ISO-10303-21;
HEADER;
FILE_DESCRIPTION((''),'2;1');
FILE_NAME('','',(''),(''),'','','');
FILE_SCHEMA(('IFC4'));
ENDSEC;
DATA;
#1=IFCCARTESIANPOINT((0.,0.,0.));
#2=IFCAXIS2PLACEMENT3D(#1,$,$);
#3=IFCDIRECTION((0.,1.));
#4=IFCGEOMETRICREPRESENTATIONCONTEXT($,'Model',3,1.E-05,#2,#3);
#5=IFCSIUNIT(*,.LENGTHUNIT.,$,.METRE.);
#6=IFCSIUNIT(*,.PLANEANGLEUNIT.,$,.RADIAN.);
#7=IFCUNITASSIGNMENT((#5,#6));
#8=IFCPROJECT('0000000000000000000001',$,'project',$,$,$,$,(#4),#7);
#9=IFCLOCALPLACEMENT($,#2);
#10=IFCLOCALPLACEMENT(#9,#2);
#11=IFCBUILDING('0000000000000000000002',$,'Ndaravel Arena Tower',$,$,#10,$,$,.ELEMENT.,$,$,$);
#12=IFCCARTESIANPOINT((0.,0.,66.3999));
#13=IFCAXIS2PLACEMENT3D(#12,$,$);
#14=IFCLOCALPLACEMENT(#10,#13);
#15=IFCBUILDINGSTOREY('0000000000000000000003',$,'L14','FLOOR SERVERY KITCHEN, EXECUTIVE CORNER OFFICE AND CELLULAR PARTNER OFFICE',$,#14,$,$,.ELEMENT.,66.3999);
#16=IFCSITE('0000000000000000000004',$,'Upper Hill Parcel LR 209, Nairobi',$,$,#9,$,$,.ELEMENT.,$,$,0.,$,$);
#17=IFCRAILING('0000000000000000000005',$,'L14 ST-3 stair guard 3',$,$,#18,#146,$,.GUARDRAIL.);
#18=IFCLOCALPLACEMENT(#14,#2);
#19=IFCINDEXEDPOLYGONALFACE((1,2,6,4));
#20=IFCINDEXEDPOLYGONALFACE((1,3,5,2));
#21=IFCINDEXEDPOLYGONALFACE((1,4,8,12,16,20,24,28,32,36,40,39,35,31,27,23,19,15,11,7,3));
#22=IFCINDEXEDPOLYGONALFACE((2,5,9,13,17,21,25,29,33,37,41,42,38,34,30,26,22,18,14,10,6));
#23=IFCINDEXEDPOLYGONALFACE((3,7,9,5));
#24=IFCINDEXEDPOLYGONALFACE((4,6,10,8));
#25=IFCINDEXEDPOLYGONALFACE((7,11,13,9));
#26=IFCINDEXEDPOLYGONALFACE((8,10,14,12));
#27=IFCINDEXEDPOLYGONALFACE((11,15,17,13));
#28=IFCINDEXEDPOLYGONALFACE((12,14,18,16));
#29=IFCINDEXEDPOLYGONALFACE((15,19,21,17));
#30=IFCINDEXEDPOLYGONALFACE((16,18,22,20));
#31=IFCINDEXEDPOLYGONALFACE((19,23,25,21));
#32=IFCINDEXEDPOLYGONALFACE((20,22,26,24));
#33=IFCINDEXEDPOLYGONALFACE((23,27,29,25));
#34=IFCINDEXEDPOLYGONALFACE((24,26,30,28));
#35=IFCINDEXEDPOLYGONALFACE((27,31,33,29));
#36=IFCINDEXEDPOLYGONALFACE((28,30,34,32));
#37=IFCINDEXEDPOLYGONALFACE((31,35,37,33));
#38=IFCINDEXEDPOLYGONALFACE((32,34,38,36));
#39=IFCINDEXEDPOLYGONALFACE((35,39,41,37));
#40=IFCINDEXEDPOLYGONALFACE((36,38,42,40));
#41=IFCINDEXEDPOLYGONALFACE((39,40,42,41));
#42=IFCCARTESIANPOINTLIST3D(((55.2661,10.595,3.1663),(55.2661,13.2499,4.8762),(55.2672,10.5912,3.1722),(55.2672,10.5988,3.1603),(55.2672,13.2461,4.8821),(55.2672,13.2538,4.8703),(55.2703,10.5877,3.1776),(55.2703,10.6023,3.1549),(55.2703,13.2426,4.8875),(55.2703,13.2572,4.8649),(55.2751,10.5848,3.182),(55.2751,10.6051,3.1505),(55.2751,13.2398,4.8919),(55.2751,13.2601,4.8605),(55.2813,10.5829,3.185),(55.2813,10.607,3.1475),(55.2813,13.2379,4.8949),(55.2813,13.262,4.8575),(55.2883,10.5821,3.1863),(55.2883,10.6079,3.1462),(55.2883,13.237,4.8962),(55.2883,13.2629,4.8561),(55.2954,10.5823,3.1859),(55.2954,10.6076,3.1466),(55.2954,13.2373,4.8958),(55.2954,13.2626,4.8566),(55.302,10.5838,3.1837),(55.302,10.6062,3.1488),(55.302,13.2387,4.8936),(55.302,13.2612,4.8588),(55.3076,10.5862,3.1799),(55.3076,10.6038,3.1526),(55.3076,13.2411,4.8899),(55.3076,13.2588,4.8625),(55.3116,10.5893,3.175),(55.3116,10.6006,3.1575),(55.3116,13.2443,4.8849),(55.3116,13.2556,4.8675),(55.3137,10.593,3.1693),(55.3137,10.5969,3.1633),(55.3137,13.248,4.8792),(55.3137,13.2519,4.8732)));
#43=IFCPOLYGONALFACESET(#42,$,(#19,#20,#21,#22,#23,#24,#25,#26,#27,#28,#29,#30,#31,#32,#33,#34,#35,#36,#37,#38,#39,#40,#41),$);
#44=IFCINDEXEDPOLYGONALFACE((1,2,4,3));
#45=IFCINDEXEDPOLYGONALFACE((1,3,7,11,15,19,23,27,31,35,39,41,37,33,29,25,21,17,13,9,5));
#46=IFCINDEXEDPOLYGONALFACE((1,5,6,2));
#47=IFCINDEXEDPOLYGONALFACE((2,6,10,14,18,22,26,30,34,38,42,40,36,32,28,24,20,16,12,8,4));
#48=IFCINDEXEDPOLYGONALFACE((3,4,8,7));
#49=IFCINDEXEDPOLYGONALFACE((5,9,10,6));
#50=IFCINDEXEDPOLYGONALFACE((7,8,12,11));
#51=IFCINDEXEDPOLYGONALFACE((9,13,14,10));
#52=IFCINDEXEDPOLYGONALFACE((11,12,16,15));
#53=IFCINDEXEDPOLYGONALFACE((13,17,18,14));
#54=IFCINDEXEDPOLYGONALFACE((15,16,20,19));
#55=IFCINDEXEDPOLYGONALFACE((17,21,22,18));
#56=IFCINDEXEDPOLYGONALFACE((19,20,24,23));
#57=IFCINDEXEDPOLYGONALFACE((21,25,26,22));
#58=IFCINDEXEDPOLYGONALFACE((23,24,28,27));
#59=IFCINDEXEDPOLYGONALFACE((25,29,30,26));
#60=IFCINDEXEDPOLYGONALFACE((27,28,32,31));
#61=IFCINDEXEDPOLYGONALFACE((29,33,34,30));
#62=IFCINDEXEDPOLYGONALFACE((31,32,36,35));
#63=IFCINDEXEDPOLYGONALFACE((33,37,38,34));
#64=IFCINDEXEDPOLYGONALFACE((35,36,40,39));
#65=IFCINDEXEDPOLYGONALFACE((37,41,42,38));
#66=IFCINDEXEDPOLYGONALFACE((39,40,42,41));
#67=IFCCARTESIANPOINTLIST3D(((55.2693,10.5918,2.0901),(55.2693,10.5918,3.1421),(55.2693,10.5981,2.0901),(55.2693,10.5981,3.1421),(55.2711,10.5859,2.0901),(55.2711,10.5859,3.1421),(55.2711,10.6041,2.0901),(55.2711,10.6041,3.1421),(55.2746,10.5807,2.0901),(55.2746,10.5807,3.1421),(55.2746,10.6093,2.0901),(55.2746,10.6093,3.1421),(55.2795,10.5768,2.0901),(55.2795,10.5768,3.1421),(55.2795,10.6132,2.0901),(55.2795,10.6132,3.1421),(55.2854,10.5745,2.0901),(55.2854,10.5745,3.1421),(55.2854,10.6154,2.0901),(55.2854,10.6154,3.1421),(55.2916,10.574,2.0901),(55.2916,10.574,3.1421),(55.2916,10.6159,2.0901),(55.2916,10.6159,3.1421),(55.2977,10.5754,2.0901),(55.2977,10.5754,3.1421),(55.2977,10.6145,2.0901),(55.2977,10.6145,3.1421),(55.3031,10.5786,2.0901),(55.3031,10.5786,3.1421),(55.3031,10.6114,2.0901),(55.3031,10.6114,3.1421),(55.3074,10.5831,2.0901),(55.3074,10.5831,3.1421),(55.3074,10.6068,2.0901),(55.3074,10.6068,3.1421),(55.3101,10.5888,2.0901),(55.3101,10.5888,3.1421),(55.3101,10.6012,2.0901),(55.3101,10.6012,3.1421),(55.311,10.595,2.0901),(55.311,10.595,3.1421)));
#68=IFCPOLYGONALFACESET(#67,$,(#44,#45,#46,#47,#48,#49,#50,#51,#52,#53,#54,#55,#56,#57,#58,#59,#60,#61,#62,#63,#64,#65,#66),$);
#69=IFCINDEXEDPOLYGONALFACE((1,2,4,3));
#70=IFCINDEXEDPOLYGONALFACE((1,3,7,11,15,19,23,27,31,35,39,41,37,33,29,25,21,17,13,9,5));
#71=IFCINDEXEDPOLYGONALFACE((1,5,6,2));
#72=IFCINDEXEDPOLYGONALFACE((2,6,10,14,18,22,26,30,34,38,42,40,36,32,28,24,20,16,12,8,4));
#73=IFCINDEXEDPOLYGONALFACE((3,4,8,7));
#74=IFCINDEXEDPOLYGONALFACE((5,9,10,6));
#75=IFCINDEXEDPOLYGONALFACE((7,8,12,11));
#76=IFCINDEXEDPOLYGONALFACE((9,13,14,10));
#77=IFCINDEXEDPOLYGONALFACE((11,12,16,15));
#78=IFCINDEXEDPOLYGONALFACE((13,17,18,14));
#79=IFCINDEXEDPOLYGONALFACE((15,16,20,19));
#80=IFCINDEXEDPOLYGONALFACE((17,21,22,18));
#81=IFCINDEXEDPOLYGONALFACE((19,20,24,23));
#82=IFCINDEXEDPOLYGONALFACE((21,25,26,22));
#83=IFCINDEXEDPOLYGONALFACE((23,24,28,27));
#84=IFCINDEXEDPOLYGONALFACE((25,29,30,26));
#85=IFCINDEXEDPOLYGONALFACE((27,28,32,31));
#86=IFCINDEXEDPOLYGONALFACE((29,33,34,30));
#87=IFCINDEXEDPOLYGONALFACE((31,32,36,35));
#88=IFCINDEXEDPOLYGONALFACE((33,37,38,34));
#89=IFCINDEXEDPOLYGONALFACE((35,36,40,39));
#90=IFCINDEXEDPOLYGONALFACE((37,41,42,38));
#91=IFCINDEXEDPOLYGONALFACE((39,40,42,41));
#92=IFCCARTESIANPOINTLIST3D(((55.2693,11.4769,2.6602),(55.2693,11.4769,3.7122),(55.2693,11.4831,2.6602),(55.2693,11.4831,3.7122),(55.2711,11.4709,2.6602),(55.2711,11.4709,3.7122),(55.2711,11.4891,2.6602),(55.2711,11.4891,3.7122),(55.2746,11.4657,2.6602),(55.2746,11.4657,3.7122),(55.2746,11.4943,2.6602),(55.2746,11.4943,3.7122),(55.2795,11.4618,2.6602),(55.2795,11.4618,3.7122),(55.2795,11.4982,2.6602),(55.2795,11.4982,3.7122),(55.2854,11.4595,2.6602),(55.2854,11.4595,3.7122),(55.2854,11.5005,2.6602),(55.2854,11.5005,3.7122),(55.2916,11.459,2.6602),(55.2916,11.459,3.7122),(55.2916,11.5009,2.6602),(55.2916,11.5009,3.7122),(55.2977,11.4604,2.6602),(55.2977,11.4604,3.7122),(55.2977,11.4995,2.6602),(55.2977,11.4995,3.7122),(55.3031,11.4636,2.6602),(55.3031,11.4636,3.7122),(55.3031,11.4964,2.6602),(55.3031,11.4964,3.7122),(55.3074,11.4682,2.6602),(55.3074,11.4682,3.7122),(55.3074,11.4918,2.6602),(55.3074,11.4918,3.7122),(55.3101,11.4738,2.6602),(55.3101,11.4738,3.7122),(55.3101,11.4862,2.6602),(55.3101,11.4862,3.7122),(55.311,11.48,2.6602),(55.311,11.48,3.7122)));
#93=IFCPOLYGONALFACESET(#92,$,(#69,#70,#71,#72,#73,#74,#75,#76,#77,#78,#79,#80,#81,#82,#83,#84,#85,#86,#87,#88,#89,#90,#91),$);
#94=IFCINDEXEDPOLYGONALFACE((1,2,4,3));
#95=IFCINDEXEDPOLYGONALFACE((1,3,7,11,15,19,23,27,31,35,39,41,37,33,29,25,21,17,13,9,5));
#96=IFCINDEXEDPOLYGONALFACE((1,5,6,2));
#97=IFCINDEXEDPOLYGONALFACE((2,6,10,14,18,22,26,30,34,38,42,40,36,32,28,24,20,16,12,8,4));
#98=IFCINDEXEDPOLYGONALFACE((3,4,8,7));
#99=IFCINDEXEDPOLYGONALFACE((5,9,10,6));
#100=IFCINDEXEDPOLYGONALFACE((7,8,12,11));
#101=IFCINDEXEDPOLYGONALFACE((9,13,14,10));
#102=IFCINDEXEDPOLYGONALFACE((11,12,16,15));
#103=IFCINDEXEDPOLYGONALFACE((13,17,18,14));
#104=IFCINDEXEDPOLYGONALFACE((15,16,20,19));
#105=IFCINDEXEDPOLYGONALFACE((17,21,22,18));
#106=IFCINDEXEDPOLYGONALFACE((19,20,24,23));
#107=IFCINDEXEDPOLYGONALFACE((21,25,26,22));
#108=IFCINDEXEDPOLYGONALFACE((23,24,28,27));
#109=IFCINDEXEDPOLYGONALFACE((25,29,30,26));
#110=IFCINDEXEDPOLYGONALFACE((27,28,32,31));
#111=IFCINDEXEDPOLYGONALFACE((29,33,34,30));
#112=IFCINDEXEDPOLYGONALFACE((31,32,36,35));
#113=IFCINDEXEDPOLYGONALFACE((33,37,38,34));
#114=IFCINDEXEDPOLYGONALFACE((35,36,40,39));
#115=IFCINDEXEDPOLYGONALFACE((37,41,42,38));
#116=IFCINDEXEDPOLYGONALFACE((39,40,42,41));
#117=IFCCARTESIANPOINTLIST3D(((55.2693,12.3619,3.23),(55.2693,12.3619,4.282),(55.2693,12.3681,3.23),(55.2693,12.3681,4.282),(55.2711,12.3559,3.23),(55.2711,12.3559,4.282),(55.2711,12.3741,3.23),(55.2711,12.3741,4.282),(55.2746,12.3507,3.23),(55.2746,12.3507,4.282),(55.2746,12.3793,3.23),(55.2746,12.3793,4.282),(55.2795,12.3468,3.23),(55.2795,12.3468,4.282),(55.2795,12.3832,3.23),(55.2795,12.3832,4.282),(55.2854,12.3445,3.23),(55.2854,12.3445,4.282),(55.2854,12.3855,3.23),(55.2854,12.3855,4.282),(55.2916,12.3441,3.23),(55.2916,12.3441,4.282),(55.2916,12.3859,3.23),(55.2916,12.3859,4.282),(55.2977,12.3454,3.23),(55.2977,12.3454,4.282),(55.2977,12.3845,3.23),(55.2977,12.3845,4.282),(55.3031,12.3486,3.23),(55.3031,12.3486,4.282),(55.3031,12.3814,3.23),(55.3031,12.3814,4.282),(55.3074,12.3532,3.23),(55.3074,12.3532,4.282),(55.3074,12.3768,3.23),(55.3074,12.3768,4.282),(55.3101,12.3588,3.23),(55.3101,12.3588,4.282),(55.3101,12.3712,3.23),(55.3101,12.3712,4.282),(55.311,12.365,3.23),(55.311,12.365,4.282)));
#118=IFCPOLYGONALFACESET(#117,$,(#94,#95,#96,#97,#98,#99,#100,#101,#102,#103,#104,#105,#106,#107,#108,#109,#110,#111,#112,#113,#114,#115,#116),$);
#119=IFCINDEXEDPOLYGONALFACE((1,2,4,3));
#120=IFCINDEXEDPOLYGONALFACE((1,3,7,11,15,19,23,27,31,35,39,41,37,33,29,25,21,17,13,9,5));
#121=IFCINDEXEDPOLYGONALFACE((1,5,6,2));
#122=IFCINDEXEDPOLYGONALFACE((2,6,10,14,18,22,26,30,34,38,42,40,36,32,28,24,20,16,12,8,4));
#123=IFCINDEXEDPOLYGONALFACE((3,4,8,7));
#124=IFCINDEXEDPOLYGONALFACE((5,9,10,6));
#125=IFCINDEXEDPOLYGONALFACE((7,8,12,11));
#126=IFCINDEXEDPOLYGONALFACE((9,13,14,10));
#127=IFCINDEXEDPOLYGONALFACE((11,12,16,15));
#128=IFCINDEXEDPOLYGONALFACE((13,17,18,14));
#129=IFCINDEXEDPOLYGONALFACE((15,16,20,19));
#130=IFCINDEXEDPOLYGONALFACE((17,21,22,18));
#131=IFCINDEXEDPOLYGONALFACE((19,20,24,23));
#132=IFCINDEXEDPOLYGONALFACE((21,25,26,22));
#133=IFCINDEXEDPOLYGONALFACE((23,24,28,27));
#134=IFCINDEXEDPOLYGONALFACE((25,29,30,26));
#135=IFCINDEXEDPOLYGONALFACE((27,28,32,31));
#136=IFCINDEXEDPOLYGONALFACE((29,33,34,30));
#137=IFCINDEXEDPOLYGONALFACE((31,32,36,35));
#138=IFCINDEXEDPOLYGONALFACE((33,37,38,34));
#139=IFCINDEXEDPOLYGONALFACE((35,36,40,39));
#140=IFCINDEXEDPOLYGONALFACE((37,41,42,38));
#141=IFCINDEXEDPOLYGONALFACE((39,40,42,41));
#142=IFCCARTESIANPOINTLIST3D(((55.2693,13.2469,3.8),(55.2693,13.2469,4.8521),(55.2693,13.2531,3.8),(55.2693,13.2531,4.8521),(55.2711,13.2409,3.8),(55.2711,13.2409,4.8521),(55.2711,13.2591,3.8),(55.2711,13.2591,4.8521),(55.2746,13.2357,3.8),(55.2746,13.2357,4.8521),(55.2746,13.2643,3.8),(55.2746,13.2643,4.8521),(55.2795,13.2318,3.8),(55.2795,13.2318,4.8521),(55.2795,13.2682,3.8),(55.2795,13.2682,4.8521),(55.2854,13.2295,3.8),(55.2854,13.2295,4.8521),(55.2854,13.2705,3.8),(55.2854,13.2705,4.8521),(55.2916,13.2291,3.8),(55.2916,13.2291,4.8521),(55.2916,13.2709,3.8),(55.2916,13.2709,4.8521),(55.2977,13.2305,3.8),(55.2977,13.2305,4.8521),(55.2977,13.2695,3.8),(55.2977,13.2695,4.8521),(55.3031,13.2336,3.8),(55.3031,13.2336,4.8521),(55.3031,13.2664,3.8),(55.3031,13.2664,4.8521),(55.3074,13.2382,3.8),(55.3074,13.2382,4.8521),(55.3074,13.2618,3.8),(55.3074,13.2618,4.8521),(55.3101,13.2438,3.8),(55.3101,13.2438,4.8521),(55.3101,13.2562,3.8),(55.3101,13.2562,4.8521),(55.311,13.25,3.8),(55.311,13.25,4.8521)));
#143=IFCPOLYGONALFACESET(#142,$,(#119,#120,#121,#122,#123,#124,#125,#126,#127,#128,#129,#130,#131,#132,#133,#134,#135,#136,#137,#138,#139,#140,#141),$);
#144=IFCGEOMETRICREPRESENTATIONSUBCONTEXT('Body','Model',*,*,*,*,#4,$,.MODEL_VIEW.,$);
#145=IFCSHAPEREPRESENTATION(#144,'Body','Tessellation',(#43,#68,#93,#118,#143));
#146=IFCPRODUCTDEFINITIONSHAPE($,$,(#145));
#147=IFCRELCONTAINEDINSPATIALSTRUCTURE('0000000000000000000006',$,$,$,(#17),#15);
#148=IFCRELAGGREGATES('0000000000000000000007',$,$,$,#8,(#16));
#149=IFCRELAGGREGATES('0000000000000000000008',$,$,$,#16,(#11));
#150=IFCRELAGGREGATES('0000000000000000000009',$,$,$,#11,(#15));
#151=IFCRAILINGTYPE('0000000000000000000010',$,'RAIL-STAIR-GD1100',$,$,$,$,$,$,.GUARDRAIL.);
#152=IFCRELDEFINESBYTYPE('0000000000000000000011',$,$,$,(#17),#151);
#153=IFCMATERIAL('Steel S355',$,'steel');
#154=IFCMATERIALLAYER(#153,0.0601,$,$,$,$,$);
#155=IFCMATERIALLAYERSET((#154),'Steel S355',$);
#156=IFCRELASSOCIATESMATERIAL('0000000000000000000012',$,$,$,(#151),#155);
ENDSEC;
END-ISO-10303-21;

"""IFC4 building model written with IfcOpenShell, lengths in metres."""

from ifc_helpers import new_model, si_unit, direction, frame, origin, origin_2d, place, context, subcontext, project, spatial, circle, extrude, material, layer, layer_set, type_object, element, save


model = new_model("IFC4")

# Units and contexts
model_context = context("Model", 3, precision=1e-05, world=origin(), true_north=direction((0.0, 1.0)))
body_context = subcontext(model_context, "Body", "Model", "MODEL_VIEW")
ifc_project = project(units=[si_unit("LENGTHUNIT", "METRE"), si_unit("PLANEANGLEUNIT", "RADIAN")], contexts=[model_context])

# Site, building, storey
site_placement = place(None, origin())
site = spatial("IfcSite", under=ifc_project, at=site_placement, Name="Upper Hill Parcel LR 209, Nairobi", CompositionType="ELEMENT", RefElevation=0.0)
building_placement = place(site_placement, origin())
building = spatial("IfcBuilding", under=site, at=building_placement, Name="Ndaravel Arena Tower", CompositionType="ELEMENT")
storey_placement = place(building_placement, frame((0.0, 0.0, 66.3999)))
storey = spatial("IfcBuildingStorey", under=building, at=storey_placement, Name="L14", Description="FLOOR SERVERY KITCHEN, EXECUTIVE CORNER OFFICE AND CELLULAR PARTNER OFFICE", CompositionType="ELEMENT", Elevation=66.3999)

# Railing
ifc_material_1 = material(Name="Steel S355", Category="steel")
ifc_layer_1 = layer(ifc_material_1, 0.0601)
ifc_layer_set_1 = layer_set([ifc_layer_1], Name="Steel S355")
railing_type_1 = type_object("IfcRailingType", Name="RAIL-STAIR-GD1100", PredefinedType="GUARDRAIL", material=ifc_layer_set_1)
railing_1_placement = place(storey_placement, frame((55.29, 10.595, 2.0901)))
element("IfcRailing", 1, at=railing_1_placement, inside=storey, type_object=railing_type_1, Name="L14 ST-3 stair guard 3", PredefinedType="GUARDRAIL", context=body_context, shape_type="SweptSolid", body=[
    extrude(circle(Radius=0.0239, at=origin_2d()), frame((0.0, 0.0, 1.0762), z_axis=(0.0, 0.840724, 0.541465), x_axis=(-1.0, 0.0, 0.0)), (0.0, 0.0, 1.0), 3.158),
    extrude(circle(Radius=0.021, at=origin_2d()), origin(), (0.0, 0.0, 1.0), 1.052),
    extrude(circle(Radius=0.021, at=origin_2d()), frame((0.0, 0.885, 0.5701)), (0.0, 0.0, 1.0), 1.052),
    extrude(circle(Radius=0.021, at=origin_2d()), frame((0.0, 1.77, 1.1399)), (0.0, 0.0, 1.0), 1.052),
    extrude(circle(Radius=0.021, at=origin_2d()), frame((0.0, 2.655, 1.71)), (0.0, 0.0, 1.0), 1.052),
])

save(model, "model.ifc")
